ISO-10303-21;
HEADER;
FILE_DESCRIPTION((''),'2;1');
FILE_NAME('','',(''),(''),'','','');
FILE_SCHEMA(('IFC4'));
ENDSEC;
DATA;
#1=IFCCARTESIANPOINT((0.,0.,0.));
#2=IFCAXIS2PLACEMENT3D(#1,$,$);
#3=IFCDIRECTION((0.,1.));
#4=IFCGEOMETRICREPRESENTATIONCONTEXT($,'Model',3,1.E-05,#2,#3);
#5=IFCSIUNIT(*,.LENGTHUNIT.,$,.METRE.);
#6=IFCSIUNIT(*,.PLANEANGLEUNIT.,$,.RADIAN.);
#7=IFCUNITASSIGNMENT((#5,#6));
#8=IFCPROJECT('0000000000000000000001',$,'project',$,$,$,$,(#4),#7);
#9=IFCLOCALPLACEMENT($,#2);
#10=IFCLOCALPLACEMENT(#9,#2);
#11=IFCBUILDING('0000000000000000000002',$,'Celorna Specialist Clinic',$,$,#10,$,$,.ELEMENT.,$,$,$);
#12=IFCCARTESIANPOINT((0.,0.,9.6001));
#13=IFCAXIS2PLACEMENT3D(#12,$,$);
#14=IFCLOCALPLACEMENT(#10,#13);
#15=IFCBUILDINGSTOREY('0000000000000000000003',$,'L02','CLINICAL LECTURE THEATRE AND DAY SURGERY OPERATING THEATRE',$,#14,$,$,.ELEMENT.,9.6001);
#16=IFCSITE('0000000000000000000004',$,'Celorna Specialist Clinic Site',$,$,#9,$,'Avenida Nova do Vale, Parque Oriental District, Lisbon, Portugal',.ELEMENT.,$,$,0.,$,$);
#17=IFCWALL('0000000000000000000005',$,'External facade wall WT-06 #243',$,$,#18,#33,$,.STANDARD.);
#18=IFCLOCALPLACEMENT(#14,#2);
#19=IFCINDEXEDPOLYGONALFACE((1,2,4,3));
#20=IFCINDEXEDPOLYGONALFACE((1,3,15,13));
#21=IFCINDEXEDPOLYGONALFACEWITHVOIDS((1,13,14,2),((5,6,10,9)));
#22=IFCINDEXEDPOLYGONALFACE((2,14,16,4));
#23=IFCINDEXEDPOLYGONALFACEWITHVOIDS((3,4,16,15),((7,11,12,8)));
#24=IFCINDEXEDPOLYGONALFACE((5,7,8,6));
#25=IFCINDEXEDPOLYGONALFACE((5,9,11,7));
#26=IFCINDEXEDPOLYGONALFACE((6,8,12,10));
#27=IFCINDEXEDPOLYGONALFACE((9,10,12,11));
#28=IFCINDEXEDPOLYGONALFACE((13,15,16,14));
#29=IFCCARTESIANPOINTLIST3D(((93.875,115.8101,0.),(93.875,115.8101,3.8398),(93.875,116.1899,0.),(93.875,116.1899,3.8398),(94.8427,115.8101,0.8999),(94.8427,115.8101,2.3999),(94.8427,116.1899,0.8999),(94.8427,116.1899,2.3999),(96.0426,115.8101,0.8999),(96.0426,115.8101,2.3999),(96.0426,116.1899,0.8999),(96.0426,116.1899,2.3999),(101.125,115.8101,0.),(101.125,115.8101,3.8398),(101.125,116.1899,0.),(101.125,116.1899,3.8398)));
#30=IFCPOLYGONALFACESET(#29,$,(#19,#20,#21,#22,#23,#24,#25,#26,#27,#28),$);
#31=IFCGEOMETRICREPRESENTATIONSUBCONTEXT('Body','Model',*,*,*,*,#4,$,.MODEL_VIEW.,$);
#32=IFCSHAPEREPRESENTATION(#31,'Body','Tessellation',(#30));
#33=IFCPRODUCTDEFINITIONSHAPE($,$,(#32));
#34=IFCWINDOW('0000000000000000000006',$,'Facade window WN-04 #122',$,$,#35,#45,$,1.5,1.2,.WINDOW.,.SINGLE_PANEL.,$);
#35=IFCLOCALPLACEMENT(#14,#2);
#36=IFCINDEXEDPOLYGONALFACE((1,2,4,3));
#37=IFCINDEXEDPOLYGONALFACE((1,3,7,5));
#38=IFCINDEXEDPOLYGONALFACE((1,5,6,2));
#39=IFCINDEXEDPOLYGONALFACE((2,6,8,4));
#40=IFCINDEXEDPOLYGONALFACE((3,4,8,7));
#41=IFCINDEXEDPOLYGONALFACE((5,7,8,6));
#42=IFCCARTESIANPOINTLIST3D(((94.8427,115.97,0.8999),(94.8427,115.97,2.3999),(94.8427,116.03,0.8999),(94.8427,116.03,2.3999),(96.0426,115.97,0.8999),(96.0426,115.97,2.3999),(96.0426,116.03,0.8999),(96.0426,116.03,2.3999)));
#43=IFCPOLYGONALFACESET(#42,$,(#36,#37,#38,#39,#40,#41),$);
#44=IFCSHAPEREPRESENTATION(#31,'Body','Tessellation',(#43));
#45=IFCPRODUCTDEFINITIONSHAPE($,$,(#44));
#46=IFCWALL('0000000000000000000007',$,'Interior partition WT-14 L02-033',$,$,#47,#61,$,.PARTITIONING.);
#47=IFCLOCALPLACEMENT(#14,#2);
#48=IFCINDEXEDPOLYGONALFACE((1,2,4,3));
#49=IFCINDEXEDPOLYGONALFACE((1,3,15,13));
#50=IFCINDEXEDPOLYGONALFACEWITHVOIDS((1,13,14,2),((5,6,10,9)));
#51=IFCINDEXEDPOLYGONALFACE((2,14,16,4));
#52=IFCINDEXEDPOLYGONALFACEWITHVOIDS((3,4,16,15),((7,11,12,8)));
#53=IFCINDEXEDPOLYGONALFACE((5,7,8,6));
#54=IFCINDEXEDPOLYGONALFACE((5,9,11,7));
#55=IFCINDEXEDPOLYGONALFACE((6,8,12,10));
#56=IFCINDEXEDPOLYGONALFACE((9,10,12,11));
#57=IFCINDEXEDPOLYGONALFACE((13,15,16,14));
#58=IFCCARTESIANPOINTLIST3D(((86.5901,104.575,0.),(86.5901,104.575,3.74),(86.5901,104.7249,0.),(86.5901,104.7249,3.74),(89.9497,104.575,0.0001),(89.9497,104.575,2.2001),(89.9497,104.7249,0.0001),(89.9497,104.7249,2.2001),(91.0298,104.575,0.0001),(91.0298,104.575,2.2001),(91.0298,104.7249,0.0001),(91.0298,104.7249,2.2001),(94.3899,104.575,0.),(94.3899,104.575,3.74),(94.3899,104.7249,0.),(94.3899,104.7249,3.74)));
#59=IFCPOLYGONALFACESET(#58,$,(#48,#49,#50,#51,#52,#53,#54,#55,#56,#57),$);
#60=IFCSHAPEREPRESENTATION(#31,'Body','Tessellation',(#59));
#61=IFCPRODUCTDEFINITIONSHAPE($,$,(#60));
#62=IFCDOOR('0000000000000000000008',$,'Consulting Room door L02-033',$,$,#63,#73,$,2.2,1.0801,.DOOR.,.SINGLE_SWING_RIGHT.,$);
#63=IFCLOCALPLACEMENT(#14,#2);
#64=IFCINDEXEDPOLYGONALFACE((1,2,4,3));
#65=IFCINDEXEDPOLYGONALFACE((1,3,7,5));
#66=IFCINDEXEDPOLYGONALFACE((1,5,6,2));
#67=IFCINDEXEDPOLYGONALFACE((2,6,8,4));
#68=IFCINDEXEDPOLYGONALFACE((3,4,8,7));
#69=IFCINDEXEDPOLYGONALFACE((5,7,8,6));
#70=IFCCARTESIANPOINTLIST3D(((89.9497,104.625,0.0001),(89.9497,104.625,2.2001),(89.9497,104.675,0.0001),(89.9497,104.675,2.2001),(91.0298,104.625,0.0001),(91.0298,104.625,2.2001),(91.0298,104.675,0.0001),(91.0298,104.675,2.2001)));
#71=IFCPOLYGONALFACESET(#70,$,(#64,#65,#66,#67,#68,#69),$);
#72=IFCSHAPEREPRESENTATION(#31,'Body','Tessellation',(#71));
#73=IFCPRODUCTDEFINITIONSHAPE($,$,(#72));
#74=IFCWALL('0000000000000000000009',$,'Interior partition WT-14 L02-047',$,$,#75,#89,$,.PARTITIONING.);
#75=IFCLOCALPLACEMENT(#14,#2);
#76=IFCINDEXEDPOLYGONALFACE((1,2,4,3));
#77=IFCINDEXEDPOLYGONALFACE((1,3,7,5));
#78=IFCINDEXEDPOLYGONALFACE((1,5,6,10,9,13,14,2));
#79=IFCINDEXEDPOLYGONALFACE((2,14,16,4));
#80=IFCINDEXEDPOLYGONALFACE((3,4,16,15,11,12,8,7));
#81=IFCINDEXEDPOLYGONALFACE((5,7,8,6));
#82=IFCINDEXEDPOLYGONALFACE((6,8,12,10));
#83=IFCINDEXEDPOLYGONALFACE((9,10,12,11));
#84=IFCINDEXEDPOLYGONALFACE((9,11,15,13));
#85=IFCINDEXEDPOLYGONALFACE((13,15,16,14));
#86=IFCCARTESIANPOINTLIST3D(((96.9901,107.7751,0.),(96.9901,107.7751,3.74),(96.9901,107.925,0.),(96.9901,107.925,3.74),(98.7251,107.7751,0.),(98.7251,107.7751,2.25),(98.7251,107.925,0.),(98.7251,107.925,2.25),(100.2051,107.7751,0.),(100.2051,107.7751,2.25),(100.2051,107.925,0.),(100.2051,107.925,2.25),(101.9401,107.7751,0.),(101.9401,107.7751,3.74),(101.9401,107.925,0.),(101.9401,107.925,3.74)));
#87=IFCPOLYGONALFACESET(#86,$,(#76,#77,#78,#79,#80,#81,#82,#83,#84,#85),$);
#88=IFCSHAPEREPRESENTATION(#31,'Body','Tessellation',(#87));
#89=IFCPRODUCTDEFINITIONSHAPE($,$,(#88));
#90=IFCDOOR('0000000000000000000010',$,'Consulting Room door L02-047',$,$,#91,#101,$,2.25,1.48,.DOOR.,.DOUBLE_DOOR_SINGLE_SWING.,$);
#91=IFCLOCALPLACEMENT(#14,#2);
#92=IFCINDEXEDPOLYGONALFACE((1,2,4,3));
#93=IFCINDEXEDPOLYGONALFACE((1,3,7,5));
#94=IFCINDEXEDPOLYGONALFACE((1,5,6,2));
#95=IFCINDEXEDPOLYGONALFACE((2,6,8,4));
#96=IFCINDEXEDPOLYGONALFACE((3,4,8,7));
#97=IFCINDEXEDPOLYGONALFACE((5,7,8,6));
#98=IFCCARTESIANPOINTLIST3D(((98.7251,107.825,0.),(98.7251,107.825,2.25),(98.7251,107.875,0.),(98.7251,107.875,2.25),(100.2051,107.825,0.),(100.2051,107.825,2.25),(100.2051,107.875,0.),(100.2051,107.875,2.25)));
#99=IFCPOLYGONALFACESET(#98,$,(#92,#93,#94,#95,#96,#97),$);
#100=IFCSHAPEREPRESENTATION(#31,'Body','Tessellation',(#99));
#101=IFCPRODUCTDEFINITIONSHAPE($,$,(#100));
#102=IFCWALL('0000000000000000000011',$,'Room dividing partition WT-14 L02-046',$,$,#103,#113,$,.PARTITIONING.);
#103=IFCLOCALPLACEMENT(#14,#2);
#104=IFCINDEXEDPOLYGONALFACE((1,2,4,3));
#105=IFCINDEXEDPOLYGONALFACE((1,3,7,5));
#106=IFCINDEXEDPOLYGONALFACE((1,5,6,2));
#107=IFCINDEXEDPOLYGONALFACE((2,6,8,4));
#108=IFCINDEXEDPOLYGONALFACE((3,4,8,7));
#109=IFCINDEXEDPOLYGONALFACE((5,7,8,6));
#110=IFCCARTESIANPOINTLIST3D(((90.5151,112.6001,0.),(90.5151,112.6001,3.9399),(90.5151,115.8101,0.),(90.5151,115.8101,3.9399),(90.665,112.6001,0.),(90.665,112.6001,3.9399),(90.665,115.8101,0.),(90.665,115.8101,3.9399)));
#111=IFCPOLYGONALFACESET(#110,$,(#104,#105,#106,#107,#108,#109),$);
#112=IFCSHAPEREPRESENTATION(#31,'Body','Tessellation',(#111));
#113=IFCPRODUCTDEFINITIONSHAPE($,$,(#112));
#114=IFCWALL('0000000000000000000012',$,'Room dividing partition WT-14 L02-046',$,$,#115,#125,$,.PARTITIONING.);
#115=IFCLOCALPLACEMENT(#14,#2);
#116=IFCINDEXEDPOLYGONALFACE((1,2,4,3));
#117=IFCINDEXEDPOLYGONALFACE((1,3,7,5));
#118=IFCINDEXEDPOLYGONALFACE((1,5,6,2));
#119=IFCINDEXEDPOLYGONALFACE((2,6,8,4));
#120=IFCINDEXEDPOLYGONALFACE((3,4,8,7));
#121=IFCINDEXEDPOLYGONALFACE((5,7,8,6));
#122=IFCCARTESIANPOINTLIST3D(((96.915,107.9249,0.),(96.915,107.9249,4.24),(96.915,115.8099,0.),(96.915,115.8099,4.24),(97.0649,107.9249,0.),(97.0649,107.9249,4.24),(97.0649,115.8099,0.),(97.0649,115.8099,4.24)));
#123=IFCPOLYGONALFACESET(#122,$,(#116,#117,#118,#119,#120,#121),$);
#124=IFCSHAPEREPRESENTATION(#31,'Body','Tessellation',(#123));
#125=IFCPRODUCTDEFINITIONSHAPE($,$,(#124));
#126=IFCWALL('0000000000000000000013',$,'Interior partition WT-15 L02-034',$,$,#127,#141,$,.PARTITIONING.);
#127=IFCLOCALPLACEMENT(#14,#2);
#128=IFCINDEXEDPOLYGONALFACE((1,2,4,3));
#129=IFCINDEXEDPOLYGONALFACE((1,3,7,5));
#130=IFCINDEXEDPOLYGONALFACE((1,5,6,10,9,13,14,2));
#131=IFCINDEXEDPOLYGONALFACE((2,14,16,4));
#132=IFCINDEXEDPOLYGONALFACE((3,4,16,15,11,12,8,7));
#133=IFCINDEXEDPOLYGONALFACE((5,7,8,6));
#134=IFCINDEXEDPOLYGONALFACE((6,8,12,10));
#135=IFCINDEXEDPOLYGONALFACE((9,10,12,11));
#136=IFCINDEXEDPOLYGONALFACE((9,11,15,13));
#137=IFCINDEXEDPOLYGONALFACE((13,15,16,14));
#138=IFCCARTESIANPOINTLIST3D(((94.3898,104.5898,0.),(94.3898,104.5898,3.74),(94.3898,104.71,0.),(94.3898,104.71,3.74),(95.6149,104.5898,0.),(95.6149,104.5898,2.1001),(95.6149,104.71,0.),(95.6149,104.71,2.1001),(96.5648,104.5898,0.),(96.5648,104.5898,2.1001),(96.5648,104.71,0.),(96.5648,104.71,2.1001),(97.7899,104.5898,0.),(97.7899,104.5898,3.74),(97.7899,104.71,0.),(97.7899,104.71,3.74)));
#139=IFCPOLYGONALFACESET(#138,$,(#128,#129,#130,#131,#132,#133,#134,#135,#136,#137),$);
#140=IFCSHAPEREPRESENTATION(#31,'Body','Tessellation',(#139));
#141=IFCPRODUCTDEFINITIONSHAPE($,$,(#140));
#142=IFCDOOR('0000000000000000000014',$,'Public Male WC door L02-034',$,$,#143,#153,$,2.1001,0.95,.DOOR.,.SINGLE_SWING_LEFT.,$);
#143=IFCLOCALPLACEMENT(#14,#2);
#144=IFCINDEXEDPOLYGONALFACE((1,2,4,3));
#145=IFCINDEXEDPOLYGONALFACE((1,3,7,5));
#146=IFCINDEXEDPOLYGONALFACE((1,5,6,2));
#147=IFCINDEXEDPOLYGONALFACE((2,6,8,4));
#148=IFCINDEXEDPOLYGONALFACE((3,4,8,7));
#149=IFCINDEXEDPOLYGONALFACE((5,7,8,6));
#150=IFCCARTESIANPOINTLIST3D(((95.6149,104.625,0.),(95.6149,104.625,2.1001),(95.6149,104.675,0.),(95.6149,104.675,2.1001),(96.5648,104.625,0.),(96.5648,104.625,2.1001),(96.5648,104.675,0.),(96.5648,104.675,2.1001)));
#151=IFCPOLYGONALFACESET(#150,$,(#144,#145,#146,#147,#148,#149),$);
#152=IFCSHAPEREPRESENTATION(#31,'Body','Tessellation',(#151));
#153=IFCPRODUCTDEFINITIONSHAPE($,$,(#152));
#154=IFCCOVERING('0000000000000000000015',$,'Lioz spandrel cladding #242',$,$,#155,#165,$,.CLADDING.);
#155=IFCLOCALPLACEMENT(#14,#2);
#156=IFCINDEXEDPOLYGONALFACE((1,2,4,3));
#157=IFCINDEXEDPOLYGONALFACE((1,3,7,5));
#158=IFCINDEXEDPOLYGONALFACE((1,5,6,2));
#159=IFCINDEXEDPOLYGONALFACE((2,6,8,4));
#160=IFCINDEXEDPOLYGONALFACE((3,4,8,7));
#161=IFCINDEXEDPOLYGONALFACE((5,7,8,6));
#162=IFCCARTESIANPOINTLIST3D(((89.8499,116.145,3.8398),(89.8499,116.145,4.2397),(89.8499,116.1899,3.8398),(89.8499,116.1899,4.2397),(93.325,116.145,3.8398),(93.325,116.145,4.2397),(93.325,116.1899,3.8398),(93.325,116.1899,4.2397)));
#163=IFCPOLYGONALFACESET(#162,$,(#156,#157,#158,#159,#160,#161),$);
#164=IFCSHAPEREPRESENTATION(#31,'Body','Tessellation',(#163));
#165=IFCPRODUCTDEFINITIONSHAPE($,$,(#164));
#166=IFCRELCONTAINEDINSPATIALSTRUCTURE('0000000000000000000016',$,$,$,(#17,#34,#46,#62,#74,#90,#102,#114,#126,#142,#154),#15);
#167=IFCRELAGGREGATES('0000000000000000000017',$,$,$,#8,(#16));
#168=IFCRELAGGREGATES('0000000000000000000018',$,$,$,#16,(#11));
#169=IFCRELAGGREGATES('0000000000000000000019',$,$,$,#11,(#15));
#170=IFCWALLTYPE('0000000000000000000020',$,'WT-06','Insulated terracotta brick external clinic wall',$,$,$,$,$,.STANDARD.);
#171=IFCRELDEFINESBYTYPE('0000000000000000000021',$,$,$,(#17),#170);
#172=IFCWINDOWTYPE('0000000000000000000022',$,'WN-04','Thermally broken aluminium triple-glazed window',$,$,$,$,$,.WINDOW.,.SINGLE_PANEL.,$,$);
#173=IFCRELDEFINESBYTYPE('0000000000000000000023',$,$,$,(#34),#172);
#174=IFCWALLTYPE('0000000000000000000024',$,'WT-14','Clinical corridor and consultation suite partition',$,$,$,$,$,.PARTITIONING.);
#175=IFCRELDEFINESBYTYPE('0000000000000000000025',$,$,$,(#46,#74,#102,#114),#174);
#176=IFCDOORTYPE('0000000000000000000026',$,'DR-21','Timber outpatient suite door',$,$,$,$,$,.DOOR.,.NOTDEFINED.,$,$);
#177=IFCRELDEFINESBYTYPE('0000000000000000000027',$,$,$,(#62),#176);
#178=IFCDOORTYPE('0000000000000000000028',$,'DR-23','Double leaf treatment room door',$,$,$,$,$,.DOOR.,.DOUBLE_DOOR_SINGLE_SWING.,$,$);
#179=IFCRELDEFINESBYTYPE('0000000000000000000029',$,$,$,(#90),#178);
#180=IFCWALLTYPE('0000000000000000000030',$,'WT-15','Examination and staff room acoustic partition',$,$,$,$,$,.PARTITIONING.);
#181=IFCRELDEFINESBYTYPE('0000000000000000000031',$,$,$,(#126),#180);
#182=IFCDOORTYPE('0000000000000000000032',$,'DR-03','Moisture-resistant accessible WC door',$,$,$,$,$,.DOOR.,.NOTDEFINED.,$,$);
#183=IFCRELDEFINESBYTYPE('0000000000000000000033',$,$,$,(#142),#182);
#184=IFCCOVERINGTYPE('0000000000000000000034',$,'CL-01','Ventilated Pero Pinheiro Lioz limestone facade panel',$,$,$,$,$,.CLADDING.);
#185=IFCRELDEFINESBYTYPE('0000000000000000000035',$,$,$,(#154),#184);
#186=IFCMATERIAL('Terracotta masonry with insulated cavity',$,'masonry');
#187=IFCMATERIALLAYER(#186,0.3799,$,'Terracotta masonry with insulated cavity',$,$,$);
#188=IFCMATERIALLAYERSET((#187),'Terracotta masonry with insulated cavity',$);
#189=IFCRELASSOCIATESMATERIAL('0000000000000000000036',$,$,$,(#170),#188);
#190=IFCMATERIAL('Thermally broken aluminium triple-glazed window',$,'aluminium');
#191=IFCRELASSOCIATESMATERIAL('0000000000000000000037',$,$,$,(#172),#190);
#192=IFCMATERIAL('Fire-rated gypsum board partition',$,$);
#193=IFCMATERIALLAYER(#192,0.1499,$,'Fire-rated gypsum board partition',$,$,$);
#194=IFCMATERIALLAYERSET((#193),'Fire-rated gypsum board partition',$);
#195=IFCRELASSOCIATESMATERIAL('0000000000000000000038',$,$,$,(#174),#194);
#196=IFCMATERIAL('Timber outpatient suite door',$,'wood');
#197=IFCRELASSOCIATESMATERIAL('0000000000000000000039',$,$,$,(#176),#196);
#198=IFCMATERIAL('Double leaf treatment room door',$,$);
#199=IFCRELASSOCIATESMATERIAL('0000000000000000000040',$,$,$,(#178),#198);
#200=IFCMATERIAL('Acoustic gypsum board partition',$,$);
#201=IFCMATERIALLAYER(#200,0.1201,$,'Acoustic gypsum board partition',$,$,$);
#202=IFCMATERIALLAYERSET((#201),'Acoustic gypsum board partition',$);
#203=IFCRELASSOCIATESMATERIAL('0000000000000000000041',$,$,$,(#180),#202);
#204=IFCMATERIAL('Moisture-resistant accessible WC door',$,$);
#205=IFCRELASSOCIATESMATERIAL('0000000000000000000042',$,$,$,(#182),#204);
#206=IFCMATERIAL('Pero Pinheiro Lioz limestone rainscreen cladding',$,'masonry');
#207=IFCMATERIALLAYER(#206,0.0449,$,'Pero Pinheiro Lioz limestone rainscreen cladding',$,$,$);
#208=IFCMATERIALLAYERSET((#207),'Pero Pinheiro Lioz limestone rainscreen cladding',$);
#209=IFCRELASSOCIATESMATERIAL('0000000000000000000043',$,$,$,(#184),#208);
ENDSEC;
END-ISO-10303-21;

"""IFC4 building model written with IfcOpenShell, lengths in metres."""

from ifc_helpers import new_model, si_unit, direction, frame, frame_2d, origin, origin_2d, place, context, subcontext, project, spatial, rectangle, extrude, material, layer, layer_set, type_object, element, fill, save


model = new_model("IFC4")

# Units and contexts
model_context = context("Model", 3, precision=1e-05, world=origin(), true_north=direction((0.0, 1.0)))
body_context = subcontext(model_context, "Body", "Model", "MODEL_VIEW")
ifc_project = project(units=[si_unit("LENGTHUNIT", "METRE"), si_unit("PLANEANGLEUNIT", "RADIAN")], contexts=[model_context])

# Site, building, storey
site_placement = place(None, origin())
site = spatial("IfcSite", under=ifc_project, at=site_placement, Name="Celorna Specialist Clinic Site", LongName="Avenida Nova do Vale, Parque Oriental District, Lisbon, Portugal", CompositionType="ELEMENT", RefElevation=0.0)
building_placement = place(site_placement, origin())
building = spatial("IfcBuilding", under=site, at=building_placement, Name="Celorna Specialist Clinic", CompositionType="ELEMENT")
storey_placement = place(building_placement, frame((0.0, 0.0, 9.6001)))
storey = spatial("IfcBuildingStorey", under=building, at=storey_placement, Name="L02", Description="CLINICAL LECTURE THEATRE AND DAY SURGERY OPERATING THEATRE", CompositionType="ELEMENT", Elevation=9.6001)

# Wall, opening, window
ifc_material_1 = material(Name="Terracotta masonry with insulated cavity", Category="masonry")
ifc_layer_1 = layer(ifc_material_1, 0.3799, Name="Terracotta masonry with insulated cavity")
ifc_layer_set_1 = layer_set([ifc_layer_1], Name="Terracotta masonry with insulated cavity")
wall_type_1 = type_object("IfcWallType", Name="WT-06", Description="Insulated terracotta brick external clinic wall", PredefinedType="STANDARD", material=ifc_layer_set_1)
wall_1_placement = place(storey_placement, frame((93.875, 116.0, 0.0), z_axis=(0.0, 0.0, 1.0), x_axis=(1.0, 0.0, 0.0)))
wall_1 = element("IfcWall", 1, at=wall_1_placement, inside=storey, type_object=wall_type_1, Name="External facade wall WT-06 #243", PredefinedType="STANDARD", context=body_context, shape_type="SweptSolid", body=[
    extrude(rectangle(XDim=7.25, YDim=0.3799, at=frame_2d((3.625, 0.0))), origin(), (0.0, 0.0, 1.0), 3.8398),
])
opening_1_placement = place(wall_1_placement, frame((0.9675, 0.0, 0.8999)))
opening_1 = element("IfcOpeningElement", 2, at=opening_1_placement, cuts=wall_1, PredefinedType="OPENING", context=body_context, shape_type="SweptSolid", body=[
    extrude(rectangle(XDim=1.2, YDim=1.5, at=frame_2d((0.6001, 0.75))), frame((0.0, 0.2, 0.0), z_axis=(0.0, -1.0, 0.0), x_axis=(1.0, 0.0, 0.0)), (0.0, 0.0, 1.0), 0.3999),
])
ifc_material_2 = material(Name="Thermally broken aluminium triple-glazed window", Category="aluminium")
window_type = type_object("IfcWindowType", Name="WN-04", Description="Thermally broken aluminium triple-glazed window", PartitioningType="SINGLE_PANEL", PredefinedType="WINDOW", material=ifc_material_2)
window_placement = place(opening_1_placement, origin())
window = element("IfcWindow", 3, at=window_placement, inside=storey, type_object=window_type, Name="Facade window WN-04 #122", OverallHeight=1.5, OverallWidth=1.2, PartitioningType="SINGLE_PANEL", PredefinedType="WINDOW", context=body_context, shape_type="SweptSolid", body=[
    extrude(rectangle(XDim=1.2, YDim=1.5, at=frame_2d((0.6001, 0.75))), frame((0.0, 0.03, 0.0), z_axis=(0.0, -1.0, 0.0), x_axis=(1.0, 0.0, 0.0)), (0.0, 0.0, 1.0), 0.0601),
])
fill(opening_1, window)

# Walls, openings, doors
ifc_material_3 = material(Name="Fire-rated gypsum board partition")
ifc_layer_2 = layer(ifc_material_3, 0.1499, Name="Fire-rated gypsum board partition")
ifc_layer_set_2 = layer_set([ifc_layer_2], Name="Fire-rated gypsum board partition")
wall_type_2 = type_object("IfcWallType", Name="WT-14", Description="Clinical corridor and consultation suite partition", PredefinedType="PARTITIONING", material=ifc_layer_set_2)
wall_2_placement = place(storey_placement, frame((94.3899, 104.6499, 0.0), z_axis=(0.0, 0.0, 1.0), x_axis=(-1.0, 0.0, 0.0)))
wall_2 = element("IfcWall", 4, at=wall_2_placement, inside=storey, type_object=wall_type_2, Name="Interior partition WT-14 L02-033", PredefinedType="PARTITIONING", context=body_context, shape_type="SweptSolid", body=[
    extrude(rectangle(XDim=7.7998, YDim=0.1499, at=frame_2d((3.8999, 0.0))), origin(), (0.0, 0.0, 1.0), 3.74),
])
opening_2_placement = place(wall_2_placement, frame((3.3601, 0.0, 0.0)))
opening_2 = element("IfcOpeningElement", 5, at=opening_2_placement, cuts=wall_2, PredefinedType="OPENING", context=body_context, shape_type="SweptSolid", body=[
    extrude(rectangle(XDim=1.0801, YDim=2.2, at=frame_2d((0.54, 1.1001))), frame((0.0, 0.085, 0.0), z_axis=(0.0, -1.0, 0.0), x_axis=(1.0, 0.0, 0.0)), (0.0, 0.0, 1.0), 0.1699),
])
ifc_material_4 = material(Name="Timber outpatient suite door", Category="wood")
door_type_1 = type_object("IfcDoorType", Name="DR-21", Description="Timber outpatient suite door", OperationType="NOTDEFINED", PredefinedType="DOOR", material=ifc_material_4)
door_1_placement = place(opening_2_placement, origin())
door_1 = element("IfcDoor", 6, at=door_1_placement, inside=storey, type_object=door_type_1, Name="Consulting Room door L02-033", OperationType="SINGLE_SWING_RIGHT", OverallHeight=2.2, OverallWidth=1.0801, PredefinedType="DOOR", context=body_context, shape_type="SweptSolid", body=[
    extrude(rectangle(XDim=1.0801, YDim=2.2, at=frame_2d((0.54, 1.1001))), frame((0.0, 0.0249, 0.0), z_axis=(0.0, -1.0, 0.0), x_axis=(1.0, 0.0, 0.0)), (0.0, 0.0, 1.0), 0.05),
])
fill(opening_2, door_1)
wall_3_placement = place(storey_placement, frame((96.99, 107.8501, 0.0), z_axis=(0.0, 0.0, 1.0), x_axis=(1.0, 0.0, 0.0)))
wall_3 = element("IfcWall", 7, at=wall_3_placement, inside=storey, type_object=wall_type_2, Name="Interior partition WT-14 L02-047", PredefinedType="PARTITIONING", context=body_context, shape_type="SweptSolid", body=[
    extrude(rectangle(XDim=4.95, YDim=0.1499, at=frame_2d((2.4751, 0.0))), origin(), (0.0, 0.0, 1.0), 3.74),
])
opening_3_placement = place(wall_3_placement, frame((1.7351, 0.0, 0.0)))
opening_3 = element("IfcOpeningElement", 8, at=opening_3_placement, cuts=wall_3, PredefinedType="OPENING", context=body_context, shape_type="SweptSolid", body=[
    extrude(rectangle(XDim=1.48, YDim=2.25, at=frame_2d((0.74, 1.125))), frame((0.0, 0.085, 0.0), z_axis=(0.0, -1.0, 0.0), x_axis=(1.0, 0.0, 0.0)), (0.0, 0.0, 1.0), 0.1699),
])
ifc_material_5 = material(Name="Double leaf treatment room door")
door_type_2 = type_object("IfcDoorType", Name="DR-23", Description="Double leaf treatment room door", OperationType="DOUBLE_DOOR_SINGLE_SWING", PredefinedType="DOOR", material=ifc_material_5)
door_2_placement = place(opening_3_placement, origin())
door_2 = element("IfcDoor", 9, at=door_2_placement, inside=storey, type_object=door_type_2, Name="Consulting Room door L02-047", OperationType="DOUBLE_DOOR_SINGLE_SWING", OverallHeight=2.25, OverallWidth=1.48, PredefinedType="DOOR", context=body_context, shape_type="SweptSolid", body=[
    extrude(rectangle(XDim=1.48, YDim=2.25, at=frame_2d((0.74, 1.125))), frame((0.0, 0.0249, 0.0), z_axis=(0.0, -1.0, 0.0), x_axis=(1.0, 0.0, 0.0)), (0.0, 0.0, 1.0), 0.05),
])
fill(opening_3, door_2)

# Walls
wall_4_placement = place(storey_placement, frame((90.5901, 112.6001, 0.0), z_axis=(0.0, 0.0, 1.0), x_axis=(0.0, 1.0, 0.0)))
element("IfcWall", 10, at=wall_4_placement, inside=storey, type_object=wall_type_2, Name="Room dividing partition WT-14 L02-046", PredefinedType="PARTITIONING", context=body_context, shape_type="SweptSolid", body=[
    extrude(rectangle(XDim=3.21, YDim=0.1499, at=frame_2d((1.605, 0.0))), origin(), (0.0, 0.0, 1.0), 3.9399),
])
wall_5_placement = place(storey_placement, frame((96.99, 107.925, 0.0), z_axis=(0.0, 0.0, 1.0), x_axis=(0.0, 1.0, 0.0)))
element("IfcWall", 11, at=wall_5_placement, inside=storey, type_object=wall_type_2, Name="Room dividing partition WT-14 L02-046", PredefinedType="PARTITIONING", context=body_context, shape_type="SweptSolid", body=[
    extrude(rectangle(XDim=7.885, YDim=0.1499, at=frame_2d((3.9424, 0.0))), origin(), (0.0, 0.0, 1.0), 4.24),
])

# Wall, opening, door
ifc_material_6 = material(Name="Acoustic gypsum board partition")
ifc_layer_3 = layer(ifc_material_6, 0.1201, Name="Acoustic gypsum board partition")
ifc_layer_set_3 = layer_set([ifc_layer_3], Name="Acoustic gypsum board partition")
wall_type_3 = type_object("IfcWallType", Name="WT-15", Description="Examination and staff room acoustic partition", PredefinedType="PARTITIONING", material=ifc_layer_set_3)
wall_6_placement = place(storey_placement, frame((97.79, 104.6499, 0.0), z_axis=(0.0, 0.0, 1.0), x_axis=(-1.0, 0.0, 0.0)))
wall_6 = element("IfcWall", 12, at=wall_6_placement, inside=storey, type_object=wall_type_3, Name="Interior partition WT-15 L02-034", PredefinedType="PARTITIONING", context=body_context, shape_type="SweptSolid", body=[
    extrude(rectangle(XDim=3.4001, YDim=0.1201, at=frame_2d((1.7002, 0.0))), origin(), (0.0, 0.0, 1.0), 3.74),
])
opening_4_placement = place(wall_6_placement, frame((1.2251, 0.0, 0.0)))
opening_4 = element("IfcOpeningElement", 13, at=opening_4_placement, cuts=wall_6, PredefinedType="OPENING", context=body_context, shape_type="SweptSolid", body=[
    extrude(rectangle(XDim=0.95, YDim=2.1001, at=frame_2d((0.4751, 1.05))), frame((0.0, 0.0701, 0.0), z_axis=(0.0, -1.0, 0.0), x_axis=(1.0, 0.0, 0.0)), (0.0, 0.0, 1.0), 0.1401),
])
ifc_material_7 = material(Name="Moisture-resistant accessible WC door")
door_type_3 = type_object("IfcDoorType", Name="DR-03", Description="Moisture-resistant accessible WC door", OperationType="NOTDEFINED", PredefinedType="DOOR", material=ifc_material_7)
door_3_placement = place(opening_4_placement, origin())
door_3 = element("IfcDoor", 14, at=door_3_placement, inside=storey, type_object=door_type_3, Name="Public Male WC door L02-034", OperationType="SINGLE_SWING_LEFT", OverallHeight=2.1001, OverallWidth=0.95, PredefinedType="DOOR", context=body_context, shape_type="SweptSolid", body=[
    extrude(rectangle(XDim=0.95, YDim=2.1001, at=frame_2d((0.4751, 1.05))), frame((0.0, 0.0249, 0.0), z_axis=(0.0, -1.0, 0.0), x_axis=(1.0, 0.0, 0.0)), (0.0, 0.0, 1.0), 0.05),
])
fill(opening_4, door_3)

# Covering
ifc_material_8 = material(Name="Pero Pinheiro Lioz limestone rainscreen cladding", Category="masonry")
ifc_layer_4 = layer(ifc_material_8, 0.0449, Name="Pero Pinheiro Lioz limestone rainscreen cladding")
ifc_layer_set_4 = layer_set([ifc_layer_4], Name="Pero Pinheiro Lioz limestone rainscreen cladding")
covering_type = type_object("IfcCoveringType", Name="CL-01", Description="Ventilated Pero Pinheiro Lioz limestone facade panel", PredefinedType="CLADDING", material=ifc_layer_set_4)
covering_1_placement = place(storey_placement, frame((91.5874, 116.1675, 3.8398), z_axis=(0.0, 0.0, 1.0), x_axis=(1.0, 0.0, 0.0)))
element("IfcCovering", 15, at=covering_1_placement, inside=storey, type_object=covering_type, Name="Lioz spandrel cladding #242", PredefinedType="CLADDING", context=body_context, shape_type="SweptSolid", body=[
    extrude(rectangle(XDim=3.4751, YDim=0.0449, at=origin_2d()), origin(), (0.0, 0.0, 1.0), 0.3999),
])

save(model, "model.ifc")
